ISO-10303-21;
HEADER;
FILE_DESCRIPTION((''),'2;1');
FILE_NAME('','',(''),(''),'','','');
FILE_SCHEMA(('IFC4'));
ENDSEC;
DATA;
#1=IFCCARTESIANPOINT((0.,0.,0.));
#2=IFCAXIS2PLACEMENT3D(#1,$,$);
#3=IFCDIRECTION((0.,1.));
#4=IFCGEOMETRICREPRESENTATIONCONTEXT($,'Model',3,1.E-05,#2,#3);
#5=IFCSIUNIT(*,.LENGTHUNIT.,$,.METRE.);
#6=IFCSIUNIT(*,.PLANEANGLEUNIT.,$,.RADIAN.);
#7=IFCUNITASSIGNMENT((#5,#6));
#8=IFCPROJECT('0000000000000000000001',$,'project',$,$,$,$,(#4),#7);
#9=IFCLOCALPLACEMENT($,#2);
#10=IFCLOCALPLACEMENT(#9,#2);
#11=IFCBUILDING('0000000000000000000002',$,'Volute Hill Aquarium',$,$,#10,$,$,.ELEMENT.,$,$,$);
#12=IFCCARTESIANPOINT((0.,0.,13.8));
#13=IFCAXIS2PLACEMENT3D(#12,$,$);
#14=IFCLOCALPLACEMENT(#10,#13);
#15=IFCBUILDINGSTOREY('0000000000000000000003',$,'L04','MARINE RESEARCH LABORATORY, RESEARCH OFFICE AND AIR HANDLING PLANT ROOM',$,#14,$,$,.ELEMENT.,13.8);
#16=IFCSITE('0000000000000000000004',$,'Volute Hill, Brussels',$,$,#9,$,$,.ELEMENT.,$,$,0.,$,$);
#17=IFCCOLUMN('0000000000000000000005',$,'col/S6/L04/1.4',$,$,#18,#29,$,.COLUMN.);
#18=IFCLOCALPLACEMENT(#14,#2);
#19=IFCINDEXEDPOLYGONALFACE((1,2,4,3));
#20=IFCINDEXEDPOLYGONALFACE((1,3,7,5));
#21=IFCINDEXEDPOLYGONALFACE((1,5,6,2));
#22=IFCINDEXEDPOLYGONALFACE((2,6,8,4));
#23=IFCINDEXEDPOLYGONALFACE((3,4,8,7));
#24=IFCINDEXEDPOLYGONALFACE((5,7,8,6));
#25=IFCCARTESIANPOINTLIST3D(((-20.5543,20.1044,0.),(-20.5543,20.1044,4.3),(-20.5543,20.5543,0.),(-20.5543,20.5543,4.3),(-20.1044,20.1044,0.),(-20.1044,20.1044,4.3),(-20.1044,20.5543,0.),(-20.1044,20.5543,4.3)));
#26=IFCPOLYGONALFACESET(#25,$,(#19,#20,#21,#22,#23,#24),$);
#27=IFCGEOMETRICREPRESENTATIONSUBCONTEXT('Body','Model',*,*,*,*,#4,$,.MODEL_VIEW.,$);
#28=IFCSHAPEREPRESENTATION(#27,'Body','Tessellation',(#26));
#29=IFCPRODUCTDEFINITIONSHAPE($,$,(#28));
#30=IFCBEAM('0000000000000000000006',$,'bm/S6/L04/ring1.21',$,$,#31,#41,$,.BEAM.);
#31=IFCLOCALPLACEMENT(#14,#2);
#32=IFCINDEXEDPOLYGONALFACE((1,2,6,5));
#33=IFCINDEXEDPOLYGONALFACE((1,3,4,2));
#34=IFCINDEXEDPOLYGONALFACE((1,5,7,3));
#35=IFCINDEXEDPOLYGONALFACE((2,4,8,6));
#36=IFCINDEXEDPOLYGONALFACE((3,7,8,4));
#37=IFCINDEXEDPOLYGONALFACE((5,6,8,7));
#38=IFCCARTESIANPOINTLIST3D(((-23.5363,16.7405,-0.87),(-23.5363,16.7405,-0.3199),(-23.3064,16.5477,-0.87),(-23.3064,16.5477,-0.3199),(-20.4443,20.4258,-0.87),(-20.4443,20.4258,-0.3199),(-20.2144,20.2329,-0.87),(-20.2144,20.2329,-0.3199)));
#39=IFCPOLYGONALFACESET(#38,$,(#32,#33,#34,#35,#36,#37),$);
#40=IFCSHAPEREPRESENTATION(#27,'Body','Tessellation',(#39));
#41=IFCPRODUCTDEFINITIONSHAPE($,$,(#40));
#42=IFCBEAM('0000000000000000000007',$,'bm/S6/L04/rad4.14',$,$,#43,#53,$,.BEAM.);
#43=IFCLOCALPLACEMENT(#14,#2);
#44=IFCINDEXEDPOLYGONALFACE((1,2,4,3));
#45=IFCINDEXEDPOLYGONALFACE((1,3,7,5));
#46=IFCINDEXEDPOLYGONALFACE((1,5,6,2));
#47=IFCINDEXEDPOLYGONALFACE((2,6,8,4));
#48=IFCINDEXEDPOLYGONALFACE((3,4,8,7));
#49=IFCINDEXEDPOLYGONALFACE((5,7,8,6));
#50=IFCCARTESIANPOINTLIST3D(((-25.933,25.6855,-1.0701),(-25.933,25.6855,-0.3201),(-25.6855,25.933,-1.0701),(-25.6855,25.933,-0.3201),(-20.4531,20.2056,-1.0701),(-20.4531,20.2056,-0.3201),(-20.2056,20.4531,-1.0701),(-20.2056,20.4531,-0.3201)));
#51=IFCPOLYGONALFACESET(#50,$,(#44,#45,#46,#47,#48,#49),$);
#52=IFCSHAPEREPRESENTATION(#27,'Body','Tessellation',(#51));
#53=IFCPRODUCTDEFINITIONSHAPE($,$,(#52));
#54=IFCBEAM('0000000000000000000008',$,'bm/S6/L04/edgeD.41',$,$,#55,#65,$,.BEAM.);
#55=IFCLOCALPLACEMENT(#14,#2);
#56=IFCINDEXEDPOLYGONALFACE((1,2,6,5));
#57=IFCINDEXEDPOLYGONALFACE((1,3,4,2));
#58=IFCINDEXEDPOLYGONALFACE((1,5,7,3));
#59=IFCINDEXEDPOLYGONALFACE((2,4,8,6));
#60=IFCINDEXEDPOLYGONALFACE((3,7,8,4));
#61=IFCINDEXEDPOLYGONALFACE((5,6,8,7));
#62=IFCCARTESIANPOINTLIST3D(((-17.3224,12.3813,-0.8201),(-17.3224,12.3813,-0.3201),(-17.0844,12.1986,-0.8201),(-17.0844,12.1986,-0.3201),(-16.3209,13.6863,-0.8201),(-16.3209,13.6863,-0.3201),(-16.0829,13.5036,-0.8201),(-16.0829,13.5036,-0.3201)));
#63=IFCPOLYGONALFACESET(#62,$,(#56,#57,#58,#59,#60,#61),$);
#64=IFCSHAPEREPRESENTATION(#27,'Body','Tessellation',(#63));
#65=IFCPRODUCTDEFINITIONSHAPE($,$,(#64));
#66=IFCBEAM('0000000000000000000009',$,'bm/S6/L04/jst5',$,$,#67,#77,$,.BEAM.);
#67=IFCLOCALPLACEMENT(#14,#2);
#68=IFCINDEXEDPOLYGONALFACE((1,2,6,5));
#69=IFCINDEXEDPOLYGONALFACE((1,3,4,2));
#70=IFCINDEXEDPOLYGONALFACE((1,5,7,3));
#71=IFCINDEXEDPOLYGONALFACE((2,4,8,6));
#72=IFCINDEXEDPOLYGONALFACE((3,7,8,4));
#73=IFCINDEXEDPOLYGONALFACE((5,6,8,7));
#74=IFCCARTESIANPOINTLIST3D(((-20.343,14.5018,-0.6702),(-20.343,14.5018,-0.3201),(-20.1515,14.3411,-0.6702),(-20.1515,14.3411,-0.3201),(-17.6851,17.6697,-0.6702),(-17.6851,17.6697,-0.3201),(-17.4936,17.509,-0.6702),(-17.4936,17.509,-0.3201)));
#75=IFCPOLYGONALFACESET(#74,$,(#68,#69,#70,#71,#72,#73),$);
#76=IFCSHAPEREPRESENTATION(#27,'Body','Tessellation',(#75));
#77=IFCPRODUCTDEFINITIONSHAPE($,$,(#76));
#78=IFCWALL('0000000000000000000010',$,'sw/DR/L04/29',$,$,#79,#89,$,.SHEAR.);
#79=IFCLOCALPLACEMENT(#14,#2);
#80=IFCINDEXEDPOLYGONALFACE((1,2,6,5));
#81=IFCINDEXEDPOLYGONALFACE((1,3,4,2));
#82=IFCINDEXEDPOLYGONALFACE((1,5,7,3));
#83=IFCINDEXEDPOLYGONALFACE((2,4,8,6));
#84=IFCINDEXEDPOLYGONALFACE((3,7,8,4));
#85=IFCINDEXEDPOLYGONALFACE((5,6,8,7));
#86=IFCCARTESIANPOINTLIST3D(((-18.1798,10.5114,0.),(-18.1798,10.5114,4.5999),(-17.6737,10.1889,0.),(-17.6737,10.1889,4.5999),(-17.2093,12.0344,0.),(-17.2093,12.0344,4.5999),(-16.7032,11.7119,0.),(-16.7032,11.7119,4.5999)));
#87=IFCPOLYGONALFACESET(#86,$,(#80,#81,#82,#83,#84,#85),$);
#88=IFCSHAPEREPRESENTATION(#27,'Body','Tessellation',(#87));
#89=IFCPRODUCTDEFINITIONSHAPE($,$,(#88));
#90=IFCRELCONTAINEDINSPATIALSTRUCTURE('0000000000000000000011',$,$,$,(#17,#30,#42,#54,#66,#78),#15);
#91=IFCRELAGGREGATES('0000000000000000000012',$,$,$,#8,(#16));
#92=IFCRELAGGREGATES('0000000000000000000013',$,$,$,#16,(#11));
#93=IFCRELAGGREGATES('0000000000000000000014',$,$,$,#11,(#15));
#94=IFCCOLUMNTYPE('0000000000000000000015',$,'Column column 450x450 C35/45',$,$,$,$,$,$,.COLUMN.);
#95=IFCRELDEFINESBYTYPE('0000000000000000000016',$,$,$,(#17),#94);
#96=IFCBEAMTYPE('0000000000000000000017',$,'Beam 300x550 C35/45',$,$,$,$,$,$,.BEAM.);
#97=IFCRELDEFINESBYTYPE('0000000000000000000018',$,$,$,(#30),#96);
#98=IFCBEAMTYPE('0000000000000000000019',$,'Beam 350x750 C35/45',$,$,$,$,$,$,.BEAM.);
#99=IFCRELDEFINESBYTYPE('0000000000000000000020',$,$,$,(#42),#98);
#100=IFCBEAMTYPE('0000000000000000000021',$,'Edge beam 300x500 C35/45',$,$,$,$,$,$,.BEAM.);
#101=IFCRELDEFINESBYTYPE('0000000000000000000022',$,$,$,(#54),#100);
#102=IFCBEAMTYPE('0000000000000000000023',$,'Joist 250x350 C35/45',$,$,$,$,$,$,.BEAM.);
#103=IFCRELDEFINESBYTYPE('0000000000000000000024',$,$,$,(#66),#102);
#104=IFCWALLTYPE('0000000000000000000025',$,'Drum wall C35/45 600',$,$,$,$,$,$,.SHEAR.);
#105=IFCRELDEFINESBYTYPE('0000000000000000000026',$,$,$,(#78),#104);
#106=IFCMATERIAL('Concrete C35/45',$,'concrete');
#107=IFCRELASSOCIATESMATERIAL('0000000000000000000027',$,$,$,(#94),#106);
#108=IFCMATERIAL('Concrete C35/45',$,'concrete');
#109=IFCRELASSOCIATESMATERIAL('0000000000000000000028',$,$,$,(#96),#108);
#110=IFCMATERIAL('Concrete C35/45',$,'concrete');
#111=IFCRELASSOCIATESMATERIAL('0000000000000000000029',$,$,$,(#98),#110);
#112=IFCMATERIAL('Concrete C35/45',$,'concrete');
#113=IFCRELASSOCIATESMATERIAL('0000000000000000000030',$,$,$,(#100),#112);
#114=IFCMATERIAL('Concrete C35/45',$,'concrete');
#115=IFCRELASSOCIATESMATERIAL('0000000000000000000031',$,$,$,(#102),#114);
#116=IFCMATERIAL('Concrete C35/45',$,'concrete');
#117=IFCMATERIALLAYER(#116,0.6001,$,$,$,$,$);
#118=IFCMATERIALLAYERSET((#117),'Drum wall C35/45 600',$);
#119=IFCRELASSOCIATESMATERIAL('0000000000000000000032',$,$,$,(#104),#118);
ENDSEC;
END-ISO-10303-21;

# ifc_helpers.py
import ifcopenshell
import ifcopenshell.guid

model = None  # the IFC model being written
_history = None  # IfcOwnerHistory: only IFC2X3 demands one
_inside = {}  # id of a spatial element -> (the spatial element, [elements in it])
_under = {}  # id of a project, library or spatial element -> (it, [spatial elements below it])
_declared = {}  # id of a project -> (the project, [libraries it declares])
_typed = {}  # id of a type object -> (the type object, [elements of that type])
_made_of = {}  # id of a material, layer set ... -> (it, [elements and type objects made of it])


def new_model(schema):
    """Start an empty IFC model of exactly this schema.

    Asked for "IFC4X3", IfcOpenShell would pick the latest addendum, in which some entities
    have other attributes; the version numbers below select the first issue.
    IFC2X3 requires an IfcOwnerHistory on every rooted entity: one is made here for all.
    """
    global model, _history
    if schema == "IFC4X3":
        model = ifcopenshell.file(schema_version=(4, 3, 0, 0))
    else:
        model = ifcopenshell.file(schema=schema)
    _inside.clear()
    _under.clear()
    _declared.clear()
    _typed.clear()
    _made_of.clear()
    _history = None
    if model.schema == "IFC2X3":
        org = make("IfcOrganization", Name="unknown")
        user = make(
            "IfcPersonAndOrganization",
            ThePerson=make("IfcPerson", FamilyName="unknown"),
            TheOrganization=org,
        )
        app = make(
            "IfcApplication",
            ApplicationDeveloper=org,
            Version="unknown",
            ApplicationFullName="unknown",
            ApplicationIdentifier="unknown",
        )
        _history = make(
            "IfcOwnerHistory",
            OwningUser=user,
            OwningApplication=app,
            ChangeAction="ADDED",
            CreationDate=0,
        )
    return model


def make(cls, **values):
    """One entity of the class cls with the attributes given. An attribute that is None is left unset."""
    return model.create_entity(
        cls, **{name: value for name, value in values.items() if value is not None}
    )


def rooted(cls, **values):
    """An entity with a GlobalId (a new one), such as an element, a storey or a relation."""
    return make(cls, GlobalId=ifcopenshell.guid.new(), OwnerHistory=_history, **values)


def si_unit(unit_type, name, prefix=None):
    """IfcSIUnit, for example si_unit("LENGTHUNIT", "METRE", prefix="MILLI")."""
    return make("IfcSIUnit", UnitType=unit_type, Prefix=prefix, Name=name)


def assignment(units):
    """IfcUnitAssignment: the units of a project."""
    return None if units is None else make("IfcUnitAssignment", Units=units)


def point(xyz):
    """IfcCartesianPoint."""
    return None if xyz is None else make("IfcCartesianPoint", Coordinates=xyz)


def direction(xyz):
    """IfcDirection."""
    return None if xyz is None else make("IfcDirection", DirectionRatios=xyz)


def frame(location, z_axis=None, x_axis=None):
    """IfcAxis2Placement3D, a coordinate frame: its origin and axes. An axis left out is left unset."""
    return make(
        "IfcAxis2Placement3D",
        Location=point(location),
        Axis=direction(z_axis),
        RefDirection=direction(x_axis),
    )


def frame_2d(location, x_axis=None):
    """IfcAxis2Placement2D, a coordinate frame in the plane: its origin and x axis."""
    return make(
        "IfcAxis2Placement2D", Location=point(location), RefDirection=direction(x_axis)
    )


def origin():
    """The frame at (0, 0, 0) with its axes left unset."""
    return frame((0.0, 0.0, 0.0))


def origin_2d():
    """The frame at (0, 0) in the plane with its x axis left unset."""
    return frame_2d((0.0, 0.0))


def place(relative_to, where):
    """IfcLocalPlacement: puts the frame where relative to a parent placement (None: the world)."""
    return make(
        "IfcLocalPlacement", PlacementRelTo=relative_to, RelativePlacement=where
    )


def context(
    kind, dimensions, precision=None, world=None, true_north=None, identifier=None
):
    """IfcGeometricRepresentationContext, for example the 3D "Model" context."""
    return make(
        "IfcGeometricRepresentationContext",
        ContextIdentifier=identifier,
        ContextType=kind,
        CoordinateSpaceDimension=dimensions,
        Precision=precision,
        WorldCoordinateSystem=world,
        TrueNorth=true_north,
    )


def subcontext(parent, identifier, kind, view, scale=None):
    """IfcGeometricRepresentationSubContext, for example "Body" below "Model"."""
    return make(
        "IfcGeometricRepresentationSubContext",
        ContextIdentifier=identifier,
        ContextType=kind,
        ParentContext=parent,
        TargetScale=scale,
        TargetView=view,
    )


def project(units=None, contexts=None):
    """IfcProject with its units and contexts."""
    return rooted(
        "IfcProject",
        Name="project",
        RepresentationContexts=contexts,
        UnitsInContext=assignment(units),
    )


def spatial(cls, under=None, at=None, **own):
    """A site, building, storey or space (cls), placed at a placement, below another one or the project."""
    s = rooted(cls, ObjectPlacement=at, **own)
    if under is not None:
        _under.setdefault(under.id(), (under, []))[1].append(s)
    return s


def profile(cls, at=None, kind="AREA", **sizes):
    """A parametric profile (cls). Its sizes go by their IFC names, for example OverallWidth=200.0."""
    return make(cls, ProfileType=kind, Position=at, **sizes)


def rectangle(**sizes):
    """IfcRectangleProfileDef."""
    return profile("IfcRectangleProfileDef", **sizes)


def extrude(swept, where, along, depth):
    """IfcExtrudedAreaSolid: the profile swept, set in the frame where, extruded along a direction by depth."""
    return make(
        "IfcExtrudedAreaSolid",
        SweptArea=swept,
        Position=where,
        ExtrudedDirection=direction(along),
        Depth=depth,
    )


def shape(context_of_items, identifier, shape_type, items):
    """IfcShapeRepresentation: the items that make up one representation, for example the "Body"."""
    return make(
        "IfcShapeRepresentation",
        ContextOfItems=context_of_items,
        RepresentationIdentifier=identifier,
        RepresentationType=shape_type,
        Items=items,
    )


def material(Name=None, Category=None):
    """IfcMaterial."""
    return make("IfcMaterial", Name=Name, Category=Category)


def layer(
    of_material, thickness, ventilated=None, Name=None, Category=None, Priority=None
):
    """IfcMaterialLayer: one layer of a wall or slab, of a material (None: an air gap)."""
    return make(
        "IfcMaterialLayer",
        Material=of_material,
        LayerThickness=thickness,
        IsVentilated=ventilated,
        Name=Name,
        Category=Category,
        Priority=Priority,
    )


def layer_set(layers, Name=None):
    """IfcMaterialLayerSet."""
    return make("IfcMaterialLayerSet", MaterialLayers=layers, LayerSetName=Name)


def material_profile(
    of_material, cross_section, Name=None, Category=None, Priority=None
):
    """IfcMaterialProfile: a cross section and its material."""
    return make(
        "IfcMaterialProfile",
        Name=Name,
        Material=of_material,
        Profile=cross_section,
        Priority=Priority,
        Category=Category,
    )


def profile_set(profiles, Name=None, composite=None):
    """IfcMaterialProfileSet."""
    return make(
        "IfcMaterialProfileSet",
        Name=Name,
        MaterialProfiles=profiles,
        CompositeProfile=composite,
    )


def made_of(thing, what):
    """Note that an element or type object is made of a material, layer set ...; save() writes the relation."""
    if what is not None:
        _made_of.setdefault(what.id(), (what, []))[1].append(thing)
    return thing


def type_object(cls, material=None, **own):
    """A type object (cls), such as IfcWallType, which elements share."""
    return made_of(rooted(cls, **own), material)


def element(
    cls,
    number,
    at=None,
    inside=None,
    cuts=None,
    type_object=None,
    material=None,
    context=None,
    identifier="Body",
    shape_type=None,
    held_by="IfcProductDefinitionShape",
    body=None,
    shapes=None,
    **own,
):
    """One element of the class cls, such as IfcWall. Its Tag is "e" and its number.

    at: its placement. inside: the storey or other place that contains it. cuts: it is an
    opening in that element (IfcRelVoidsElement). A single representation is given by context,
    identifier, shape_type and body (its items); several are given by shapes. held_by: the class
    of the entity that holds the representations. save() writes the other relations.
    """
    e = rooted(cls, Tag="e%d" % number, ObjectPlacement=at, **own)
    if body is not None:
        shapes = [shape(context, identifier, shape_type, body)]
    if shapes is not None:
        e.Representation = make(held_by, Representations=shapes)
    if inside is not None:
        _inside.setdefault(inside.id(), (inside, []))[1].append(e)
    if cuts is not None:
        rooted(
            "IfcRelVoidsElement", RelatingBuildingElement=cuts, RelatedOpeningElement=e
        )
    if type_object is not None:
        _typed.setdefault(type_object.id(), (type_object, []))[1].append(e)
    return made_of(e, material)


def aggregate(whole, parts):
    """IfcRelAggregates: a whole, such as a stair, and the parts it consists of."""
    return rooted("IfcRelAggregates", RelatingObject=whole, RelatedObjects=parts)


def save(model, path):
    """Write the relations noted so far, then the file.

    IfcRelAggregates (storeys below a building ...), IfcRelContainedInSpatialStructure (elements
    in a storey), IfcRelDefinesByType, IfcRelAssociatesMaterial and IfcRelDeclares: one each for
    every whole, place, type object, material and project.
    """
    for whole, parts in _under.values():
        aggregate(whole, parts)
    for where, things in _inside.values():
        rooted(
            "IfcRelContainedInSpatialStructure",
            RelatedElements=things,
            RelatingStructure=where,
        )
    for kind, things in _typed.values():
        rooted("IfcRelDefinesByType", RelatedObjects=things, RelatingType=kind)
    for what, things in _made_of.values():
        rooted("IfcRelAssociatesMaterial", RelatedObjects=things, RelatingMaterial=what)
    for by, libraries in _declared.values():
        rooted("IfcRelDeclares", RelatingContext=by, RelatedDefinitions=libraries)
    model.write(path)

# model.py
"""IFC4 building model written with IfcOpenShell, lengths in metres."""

from ifc_helpers import new_model, si_unit, direction, frame, frame_2d, origin, origin_2d, place, context, subcontext, project, spatial, rectangle, extrude, material, layer, layer_set, material_profile, profile_set, type_object, element, save


model = new_model("IFC4")

# Units and contexts
model_context = context("Model", 3, precision=1e-05, world=origin(), true_north=direction((0.0, 1.0)))
body_context = subcontext(model_context, "Body", "Model", "MODEL_VIEW")
ifc_project = project(units=[si_unit("LENGTHUNIT", "METRE"), si_unit("PLANEANGLEUNIT", "RADIAN")], contexts=[model_context])

# Site, building, storey
site_placement = place(None, origin())
site = spatial("IfcSite", under=ifc_project, at=site_placement, Name="Volute Hill, Brussels", CompositionType="ELEMENT", RefElevation=0.0)
building_placement = place(site_placement, origin())
building = spatial("IfcBuilding", under=site, at=building_placement, Name="Volute Hill Aquarium", CompositionType="ELEMENT")
storey_placement = place(building_placement, frame((0.0, 0.0, 13.8)))
storey = spatial("IfcBuildingStorey", under=building, at=storey_placement, Name="L04", Description="MARINE RESEARCH LABORATORY, RESEARCH OFFICE AND AIR HANDLING PLANT ROOM", CompositionType="ELEMENT", Elevation=13.8)

# Column
ifc_material_1 = material(Name="Concrete C35/45", Category="concrete")
ifc_material_profile_1 = material_profile(ifc_material_1, rectangle(XDim=0.45, YDim=0.45, at=origin_2d()), Name="RC column 450x450")
ifc_profile_set_1 = profile_set([ifc_material_profile_1], Name="Concrete C35/45")
column_type = type_object("IfcColumnType", Name="Column column 450x450 C35/45", PredefinedType="COLUMN", material=ifc_profile_set_1)
column_placement = place(storey_placement, frame((-20.3293, 20.3293, 0.0), z_axis=(0.0, 0.0, 1.0), x_axis=(1.0, 0.0, 0.0)))
element("IfcColumn", 1, at=column_placement, inside=storey, type_object=column_type, Name="col/S6/L04/1.4", PredefinedType="COLUMN", context=body_context, shape_type="SweptSolid", body=[
    extrude(rectangle(XDim=0.45, YDim=0.45, at=origin_2d()), origin(), (0.0, 0.0, 1.0), 4.3),
])

# Beams
ifc_material_2 = material(Name="Concrete C35/45", Category="concrete")
ifc_material_profile_2 = material_profile(ifc_material_2, rectangle(XDim=0.3, YDim=0.55, at=origin_2d()), Name="RC beam 300x550")
ifc_profile_set_2 = profile_set([ifc_material_profile_2], Name="Concrete C35/45")
beam_type_1 = type_object("IfcBeamType", Name="Beam 300x550 C35/45", PredefinedType="BEAM", material=ifc_profile_set_2)
beam_1_placement = place(storey_placement, frame((-20.3293, 20.3293, -0.595), z_axis=(-0.642752, -0.766075, 0.0), x_axis=(0.766075, -0.642752, 0.0)))
element("IfcBeam", 2, at=beam_1_placement, inside=storey, type_object=beam_type_1, Name="bm/S6/L04/ring1.21", PredefinedType="BEAM", context=body_context, shape_type="SweptSolid", body=[
    extrude(rectangle(XDim=0.3, YDim=0.55, at=origin_2d()), origin(), (0.0, 0.0, 1.0), 4.8105),
])
ifc_material_3 = material(Name="Concrete C35/45", Category="concrete")
ifc_material_profile_3 = material_profile(ifc_material_3, rectangle(XDim=0.3501, YDim=0.75, at=origin_2d()), Name="RC beam 350x750")
ifc_profile_set_3 = profile_set([ifc_material_profile_3], Name="Concrete C35/45")
beam_type_2 = type_object("IfcBeamType", Name="Beam 350x750 C35/45", PredefinedType="BEAM", material=ifc_profile_set_3)
beam_2_placement = place(storey_placement, frame((-20.3293, 20.3293, -0.6951), z_axis=(-0.707107, 0.707107, 0.0), x_axis=(-0.707107, -0.707107, 0.0)))
element("IfcBeam", 3, at=beam_2_placement, inside=storey, type_object=beam_type_2, Name="bm/S6/L04/rad4.14", PredefinedType="BEAM", context=body_context, shape_type="SweptSolid", body=[
    extrude(rectangle(XDim=0.3501, YDim=0.75, at=origin_2d()), origin(), (0.0, 0.0, 1.0), 7.7498),
])
ifc_material_4 = material(Name="Concrete C35/45", Category="concrete")
ifc_material_profile_4 = material_profile(ifc_material_4, rectangle(XDim=0.3, YDim=0.5, at=origin_2d()), Name="RC edge beam 300x500")
ifc_profile_set_4 = profile_set([ifc_material_profile_4], Name="Concrete C35/45")
beam_type_3 = type_object("IfcBeamType", Name="Edge beam 300x500 C35/45", PredefinedType="BEAM", material=ifc_profile_set_4)
beam_3_placement = place(storey_placement, frame((-16.2019, 13.595, -0.5701), z_axis=(-0.608821, -0.793308, 0.0), x_axis=(0.793308, -0.608821, 0.0)))
element("IfcBeam", 4, at=beam_3_placement, inside=storey, type_object=beam_type_3, Name="bm/S6/L04/edgeD.41", PredefinedType="BEAM", context=body_context, shape_type="SweptSolid", body=[
    extrude(rectangle(XDim=0.3, YDim=0.5, at=origin_2d()), origin(), (0.0, 0.0, 1.0), 1.645),
])
ifc_material_5 = material(Name="Concrete C35/45", Category="concrete")
ifc_material_profile_5 = material_profile(ifc_material_5, rectangle(XDim=0.25, YDim=0.3501, at=origin_2d()), Name="RC joist 250x350")
ifc_profile_set_5 = profile_set([ifc_material_profile_5], Name="Concrete C35/45")
beam_type_4 = type_object("IfcBeamType", Name="Joist 250x350 C35/45", PredefinedType="BEAM", material=ifc_profile_set_5)
beam_4_placement = place(storey_placement, frame((-17.5894, 17.5894, -0.4951), z_axis=(-0.642748, -0.766078, 0.0), x_axis=(0.766078, -0.642748, 0.0)))
element("IfcBeam", 5, at=beam_4_placement, inside=storey, type_object=beam_type_4, Name="bm/S6/L04/jst5", PredefinedType="BEAM", context=body_context, shape_type="SweptSolid", body=[
    extrude(rectangle(XDim=0.25, YDim=0.3501, at=origin_2d()), origin(), (0.0, 0.0, 1.0), 4.1353),
])

# Wall
ifc_material_6 = material(Name="Concrete C35/45", Category="concrete")
ifc_layer_1 = layer(ifc_material_6, 0.6001)
ifc_layer_set_1 = layer_set([ifc_layer_1], Name="Drum wall C35/45 600")
wall_type_1 = type_object("IfcWallType", Name="Drum wall C35/45 600", PredefinedType="SHEAR", material=ifc_layer_set_1)
wall_1_placement = place(storey_placement, frame((-16.9563, 11.873, 0.0), z_axis=(0.0, 0.0, 1.0), x_axis=(-0.537392, -0.843333, 0.0)))
element("IfcWall", 6, at=wall_1_placement, inside=storey, type_object=wall_type_1, Name="sw/DR/L04/29", PredefinedType="SHEAR", context=body_context, shape_type="SweptSolid", body=[
    extrude(rectangle(XDim=1.8059, YDim=0.6001, at=frame_2d((0.9028, 0.0))), origin(), (0.0, 0.0, 1.0), 4.5999),
])

save(model, "model.ifc")
